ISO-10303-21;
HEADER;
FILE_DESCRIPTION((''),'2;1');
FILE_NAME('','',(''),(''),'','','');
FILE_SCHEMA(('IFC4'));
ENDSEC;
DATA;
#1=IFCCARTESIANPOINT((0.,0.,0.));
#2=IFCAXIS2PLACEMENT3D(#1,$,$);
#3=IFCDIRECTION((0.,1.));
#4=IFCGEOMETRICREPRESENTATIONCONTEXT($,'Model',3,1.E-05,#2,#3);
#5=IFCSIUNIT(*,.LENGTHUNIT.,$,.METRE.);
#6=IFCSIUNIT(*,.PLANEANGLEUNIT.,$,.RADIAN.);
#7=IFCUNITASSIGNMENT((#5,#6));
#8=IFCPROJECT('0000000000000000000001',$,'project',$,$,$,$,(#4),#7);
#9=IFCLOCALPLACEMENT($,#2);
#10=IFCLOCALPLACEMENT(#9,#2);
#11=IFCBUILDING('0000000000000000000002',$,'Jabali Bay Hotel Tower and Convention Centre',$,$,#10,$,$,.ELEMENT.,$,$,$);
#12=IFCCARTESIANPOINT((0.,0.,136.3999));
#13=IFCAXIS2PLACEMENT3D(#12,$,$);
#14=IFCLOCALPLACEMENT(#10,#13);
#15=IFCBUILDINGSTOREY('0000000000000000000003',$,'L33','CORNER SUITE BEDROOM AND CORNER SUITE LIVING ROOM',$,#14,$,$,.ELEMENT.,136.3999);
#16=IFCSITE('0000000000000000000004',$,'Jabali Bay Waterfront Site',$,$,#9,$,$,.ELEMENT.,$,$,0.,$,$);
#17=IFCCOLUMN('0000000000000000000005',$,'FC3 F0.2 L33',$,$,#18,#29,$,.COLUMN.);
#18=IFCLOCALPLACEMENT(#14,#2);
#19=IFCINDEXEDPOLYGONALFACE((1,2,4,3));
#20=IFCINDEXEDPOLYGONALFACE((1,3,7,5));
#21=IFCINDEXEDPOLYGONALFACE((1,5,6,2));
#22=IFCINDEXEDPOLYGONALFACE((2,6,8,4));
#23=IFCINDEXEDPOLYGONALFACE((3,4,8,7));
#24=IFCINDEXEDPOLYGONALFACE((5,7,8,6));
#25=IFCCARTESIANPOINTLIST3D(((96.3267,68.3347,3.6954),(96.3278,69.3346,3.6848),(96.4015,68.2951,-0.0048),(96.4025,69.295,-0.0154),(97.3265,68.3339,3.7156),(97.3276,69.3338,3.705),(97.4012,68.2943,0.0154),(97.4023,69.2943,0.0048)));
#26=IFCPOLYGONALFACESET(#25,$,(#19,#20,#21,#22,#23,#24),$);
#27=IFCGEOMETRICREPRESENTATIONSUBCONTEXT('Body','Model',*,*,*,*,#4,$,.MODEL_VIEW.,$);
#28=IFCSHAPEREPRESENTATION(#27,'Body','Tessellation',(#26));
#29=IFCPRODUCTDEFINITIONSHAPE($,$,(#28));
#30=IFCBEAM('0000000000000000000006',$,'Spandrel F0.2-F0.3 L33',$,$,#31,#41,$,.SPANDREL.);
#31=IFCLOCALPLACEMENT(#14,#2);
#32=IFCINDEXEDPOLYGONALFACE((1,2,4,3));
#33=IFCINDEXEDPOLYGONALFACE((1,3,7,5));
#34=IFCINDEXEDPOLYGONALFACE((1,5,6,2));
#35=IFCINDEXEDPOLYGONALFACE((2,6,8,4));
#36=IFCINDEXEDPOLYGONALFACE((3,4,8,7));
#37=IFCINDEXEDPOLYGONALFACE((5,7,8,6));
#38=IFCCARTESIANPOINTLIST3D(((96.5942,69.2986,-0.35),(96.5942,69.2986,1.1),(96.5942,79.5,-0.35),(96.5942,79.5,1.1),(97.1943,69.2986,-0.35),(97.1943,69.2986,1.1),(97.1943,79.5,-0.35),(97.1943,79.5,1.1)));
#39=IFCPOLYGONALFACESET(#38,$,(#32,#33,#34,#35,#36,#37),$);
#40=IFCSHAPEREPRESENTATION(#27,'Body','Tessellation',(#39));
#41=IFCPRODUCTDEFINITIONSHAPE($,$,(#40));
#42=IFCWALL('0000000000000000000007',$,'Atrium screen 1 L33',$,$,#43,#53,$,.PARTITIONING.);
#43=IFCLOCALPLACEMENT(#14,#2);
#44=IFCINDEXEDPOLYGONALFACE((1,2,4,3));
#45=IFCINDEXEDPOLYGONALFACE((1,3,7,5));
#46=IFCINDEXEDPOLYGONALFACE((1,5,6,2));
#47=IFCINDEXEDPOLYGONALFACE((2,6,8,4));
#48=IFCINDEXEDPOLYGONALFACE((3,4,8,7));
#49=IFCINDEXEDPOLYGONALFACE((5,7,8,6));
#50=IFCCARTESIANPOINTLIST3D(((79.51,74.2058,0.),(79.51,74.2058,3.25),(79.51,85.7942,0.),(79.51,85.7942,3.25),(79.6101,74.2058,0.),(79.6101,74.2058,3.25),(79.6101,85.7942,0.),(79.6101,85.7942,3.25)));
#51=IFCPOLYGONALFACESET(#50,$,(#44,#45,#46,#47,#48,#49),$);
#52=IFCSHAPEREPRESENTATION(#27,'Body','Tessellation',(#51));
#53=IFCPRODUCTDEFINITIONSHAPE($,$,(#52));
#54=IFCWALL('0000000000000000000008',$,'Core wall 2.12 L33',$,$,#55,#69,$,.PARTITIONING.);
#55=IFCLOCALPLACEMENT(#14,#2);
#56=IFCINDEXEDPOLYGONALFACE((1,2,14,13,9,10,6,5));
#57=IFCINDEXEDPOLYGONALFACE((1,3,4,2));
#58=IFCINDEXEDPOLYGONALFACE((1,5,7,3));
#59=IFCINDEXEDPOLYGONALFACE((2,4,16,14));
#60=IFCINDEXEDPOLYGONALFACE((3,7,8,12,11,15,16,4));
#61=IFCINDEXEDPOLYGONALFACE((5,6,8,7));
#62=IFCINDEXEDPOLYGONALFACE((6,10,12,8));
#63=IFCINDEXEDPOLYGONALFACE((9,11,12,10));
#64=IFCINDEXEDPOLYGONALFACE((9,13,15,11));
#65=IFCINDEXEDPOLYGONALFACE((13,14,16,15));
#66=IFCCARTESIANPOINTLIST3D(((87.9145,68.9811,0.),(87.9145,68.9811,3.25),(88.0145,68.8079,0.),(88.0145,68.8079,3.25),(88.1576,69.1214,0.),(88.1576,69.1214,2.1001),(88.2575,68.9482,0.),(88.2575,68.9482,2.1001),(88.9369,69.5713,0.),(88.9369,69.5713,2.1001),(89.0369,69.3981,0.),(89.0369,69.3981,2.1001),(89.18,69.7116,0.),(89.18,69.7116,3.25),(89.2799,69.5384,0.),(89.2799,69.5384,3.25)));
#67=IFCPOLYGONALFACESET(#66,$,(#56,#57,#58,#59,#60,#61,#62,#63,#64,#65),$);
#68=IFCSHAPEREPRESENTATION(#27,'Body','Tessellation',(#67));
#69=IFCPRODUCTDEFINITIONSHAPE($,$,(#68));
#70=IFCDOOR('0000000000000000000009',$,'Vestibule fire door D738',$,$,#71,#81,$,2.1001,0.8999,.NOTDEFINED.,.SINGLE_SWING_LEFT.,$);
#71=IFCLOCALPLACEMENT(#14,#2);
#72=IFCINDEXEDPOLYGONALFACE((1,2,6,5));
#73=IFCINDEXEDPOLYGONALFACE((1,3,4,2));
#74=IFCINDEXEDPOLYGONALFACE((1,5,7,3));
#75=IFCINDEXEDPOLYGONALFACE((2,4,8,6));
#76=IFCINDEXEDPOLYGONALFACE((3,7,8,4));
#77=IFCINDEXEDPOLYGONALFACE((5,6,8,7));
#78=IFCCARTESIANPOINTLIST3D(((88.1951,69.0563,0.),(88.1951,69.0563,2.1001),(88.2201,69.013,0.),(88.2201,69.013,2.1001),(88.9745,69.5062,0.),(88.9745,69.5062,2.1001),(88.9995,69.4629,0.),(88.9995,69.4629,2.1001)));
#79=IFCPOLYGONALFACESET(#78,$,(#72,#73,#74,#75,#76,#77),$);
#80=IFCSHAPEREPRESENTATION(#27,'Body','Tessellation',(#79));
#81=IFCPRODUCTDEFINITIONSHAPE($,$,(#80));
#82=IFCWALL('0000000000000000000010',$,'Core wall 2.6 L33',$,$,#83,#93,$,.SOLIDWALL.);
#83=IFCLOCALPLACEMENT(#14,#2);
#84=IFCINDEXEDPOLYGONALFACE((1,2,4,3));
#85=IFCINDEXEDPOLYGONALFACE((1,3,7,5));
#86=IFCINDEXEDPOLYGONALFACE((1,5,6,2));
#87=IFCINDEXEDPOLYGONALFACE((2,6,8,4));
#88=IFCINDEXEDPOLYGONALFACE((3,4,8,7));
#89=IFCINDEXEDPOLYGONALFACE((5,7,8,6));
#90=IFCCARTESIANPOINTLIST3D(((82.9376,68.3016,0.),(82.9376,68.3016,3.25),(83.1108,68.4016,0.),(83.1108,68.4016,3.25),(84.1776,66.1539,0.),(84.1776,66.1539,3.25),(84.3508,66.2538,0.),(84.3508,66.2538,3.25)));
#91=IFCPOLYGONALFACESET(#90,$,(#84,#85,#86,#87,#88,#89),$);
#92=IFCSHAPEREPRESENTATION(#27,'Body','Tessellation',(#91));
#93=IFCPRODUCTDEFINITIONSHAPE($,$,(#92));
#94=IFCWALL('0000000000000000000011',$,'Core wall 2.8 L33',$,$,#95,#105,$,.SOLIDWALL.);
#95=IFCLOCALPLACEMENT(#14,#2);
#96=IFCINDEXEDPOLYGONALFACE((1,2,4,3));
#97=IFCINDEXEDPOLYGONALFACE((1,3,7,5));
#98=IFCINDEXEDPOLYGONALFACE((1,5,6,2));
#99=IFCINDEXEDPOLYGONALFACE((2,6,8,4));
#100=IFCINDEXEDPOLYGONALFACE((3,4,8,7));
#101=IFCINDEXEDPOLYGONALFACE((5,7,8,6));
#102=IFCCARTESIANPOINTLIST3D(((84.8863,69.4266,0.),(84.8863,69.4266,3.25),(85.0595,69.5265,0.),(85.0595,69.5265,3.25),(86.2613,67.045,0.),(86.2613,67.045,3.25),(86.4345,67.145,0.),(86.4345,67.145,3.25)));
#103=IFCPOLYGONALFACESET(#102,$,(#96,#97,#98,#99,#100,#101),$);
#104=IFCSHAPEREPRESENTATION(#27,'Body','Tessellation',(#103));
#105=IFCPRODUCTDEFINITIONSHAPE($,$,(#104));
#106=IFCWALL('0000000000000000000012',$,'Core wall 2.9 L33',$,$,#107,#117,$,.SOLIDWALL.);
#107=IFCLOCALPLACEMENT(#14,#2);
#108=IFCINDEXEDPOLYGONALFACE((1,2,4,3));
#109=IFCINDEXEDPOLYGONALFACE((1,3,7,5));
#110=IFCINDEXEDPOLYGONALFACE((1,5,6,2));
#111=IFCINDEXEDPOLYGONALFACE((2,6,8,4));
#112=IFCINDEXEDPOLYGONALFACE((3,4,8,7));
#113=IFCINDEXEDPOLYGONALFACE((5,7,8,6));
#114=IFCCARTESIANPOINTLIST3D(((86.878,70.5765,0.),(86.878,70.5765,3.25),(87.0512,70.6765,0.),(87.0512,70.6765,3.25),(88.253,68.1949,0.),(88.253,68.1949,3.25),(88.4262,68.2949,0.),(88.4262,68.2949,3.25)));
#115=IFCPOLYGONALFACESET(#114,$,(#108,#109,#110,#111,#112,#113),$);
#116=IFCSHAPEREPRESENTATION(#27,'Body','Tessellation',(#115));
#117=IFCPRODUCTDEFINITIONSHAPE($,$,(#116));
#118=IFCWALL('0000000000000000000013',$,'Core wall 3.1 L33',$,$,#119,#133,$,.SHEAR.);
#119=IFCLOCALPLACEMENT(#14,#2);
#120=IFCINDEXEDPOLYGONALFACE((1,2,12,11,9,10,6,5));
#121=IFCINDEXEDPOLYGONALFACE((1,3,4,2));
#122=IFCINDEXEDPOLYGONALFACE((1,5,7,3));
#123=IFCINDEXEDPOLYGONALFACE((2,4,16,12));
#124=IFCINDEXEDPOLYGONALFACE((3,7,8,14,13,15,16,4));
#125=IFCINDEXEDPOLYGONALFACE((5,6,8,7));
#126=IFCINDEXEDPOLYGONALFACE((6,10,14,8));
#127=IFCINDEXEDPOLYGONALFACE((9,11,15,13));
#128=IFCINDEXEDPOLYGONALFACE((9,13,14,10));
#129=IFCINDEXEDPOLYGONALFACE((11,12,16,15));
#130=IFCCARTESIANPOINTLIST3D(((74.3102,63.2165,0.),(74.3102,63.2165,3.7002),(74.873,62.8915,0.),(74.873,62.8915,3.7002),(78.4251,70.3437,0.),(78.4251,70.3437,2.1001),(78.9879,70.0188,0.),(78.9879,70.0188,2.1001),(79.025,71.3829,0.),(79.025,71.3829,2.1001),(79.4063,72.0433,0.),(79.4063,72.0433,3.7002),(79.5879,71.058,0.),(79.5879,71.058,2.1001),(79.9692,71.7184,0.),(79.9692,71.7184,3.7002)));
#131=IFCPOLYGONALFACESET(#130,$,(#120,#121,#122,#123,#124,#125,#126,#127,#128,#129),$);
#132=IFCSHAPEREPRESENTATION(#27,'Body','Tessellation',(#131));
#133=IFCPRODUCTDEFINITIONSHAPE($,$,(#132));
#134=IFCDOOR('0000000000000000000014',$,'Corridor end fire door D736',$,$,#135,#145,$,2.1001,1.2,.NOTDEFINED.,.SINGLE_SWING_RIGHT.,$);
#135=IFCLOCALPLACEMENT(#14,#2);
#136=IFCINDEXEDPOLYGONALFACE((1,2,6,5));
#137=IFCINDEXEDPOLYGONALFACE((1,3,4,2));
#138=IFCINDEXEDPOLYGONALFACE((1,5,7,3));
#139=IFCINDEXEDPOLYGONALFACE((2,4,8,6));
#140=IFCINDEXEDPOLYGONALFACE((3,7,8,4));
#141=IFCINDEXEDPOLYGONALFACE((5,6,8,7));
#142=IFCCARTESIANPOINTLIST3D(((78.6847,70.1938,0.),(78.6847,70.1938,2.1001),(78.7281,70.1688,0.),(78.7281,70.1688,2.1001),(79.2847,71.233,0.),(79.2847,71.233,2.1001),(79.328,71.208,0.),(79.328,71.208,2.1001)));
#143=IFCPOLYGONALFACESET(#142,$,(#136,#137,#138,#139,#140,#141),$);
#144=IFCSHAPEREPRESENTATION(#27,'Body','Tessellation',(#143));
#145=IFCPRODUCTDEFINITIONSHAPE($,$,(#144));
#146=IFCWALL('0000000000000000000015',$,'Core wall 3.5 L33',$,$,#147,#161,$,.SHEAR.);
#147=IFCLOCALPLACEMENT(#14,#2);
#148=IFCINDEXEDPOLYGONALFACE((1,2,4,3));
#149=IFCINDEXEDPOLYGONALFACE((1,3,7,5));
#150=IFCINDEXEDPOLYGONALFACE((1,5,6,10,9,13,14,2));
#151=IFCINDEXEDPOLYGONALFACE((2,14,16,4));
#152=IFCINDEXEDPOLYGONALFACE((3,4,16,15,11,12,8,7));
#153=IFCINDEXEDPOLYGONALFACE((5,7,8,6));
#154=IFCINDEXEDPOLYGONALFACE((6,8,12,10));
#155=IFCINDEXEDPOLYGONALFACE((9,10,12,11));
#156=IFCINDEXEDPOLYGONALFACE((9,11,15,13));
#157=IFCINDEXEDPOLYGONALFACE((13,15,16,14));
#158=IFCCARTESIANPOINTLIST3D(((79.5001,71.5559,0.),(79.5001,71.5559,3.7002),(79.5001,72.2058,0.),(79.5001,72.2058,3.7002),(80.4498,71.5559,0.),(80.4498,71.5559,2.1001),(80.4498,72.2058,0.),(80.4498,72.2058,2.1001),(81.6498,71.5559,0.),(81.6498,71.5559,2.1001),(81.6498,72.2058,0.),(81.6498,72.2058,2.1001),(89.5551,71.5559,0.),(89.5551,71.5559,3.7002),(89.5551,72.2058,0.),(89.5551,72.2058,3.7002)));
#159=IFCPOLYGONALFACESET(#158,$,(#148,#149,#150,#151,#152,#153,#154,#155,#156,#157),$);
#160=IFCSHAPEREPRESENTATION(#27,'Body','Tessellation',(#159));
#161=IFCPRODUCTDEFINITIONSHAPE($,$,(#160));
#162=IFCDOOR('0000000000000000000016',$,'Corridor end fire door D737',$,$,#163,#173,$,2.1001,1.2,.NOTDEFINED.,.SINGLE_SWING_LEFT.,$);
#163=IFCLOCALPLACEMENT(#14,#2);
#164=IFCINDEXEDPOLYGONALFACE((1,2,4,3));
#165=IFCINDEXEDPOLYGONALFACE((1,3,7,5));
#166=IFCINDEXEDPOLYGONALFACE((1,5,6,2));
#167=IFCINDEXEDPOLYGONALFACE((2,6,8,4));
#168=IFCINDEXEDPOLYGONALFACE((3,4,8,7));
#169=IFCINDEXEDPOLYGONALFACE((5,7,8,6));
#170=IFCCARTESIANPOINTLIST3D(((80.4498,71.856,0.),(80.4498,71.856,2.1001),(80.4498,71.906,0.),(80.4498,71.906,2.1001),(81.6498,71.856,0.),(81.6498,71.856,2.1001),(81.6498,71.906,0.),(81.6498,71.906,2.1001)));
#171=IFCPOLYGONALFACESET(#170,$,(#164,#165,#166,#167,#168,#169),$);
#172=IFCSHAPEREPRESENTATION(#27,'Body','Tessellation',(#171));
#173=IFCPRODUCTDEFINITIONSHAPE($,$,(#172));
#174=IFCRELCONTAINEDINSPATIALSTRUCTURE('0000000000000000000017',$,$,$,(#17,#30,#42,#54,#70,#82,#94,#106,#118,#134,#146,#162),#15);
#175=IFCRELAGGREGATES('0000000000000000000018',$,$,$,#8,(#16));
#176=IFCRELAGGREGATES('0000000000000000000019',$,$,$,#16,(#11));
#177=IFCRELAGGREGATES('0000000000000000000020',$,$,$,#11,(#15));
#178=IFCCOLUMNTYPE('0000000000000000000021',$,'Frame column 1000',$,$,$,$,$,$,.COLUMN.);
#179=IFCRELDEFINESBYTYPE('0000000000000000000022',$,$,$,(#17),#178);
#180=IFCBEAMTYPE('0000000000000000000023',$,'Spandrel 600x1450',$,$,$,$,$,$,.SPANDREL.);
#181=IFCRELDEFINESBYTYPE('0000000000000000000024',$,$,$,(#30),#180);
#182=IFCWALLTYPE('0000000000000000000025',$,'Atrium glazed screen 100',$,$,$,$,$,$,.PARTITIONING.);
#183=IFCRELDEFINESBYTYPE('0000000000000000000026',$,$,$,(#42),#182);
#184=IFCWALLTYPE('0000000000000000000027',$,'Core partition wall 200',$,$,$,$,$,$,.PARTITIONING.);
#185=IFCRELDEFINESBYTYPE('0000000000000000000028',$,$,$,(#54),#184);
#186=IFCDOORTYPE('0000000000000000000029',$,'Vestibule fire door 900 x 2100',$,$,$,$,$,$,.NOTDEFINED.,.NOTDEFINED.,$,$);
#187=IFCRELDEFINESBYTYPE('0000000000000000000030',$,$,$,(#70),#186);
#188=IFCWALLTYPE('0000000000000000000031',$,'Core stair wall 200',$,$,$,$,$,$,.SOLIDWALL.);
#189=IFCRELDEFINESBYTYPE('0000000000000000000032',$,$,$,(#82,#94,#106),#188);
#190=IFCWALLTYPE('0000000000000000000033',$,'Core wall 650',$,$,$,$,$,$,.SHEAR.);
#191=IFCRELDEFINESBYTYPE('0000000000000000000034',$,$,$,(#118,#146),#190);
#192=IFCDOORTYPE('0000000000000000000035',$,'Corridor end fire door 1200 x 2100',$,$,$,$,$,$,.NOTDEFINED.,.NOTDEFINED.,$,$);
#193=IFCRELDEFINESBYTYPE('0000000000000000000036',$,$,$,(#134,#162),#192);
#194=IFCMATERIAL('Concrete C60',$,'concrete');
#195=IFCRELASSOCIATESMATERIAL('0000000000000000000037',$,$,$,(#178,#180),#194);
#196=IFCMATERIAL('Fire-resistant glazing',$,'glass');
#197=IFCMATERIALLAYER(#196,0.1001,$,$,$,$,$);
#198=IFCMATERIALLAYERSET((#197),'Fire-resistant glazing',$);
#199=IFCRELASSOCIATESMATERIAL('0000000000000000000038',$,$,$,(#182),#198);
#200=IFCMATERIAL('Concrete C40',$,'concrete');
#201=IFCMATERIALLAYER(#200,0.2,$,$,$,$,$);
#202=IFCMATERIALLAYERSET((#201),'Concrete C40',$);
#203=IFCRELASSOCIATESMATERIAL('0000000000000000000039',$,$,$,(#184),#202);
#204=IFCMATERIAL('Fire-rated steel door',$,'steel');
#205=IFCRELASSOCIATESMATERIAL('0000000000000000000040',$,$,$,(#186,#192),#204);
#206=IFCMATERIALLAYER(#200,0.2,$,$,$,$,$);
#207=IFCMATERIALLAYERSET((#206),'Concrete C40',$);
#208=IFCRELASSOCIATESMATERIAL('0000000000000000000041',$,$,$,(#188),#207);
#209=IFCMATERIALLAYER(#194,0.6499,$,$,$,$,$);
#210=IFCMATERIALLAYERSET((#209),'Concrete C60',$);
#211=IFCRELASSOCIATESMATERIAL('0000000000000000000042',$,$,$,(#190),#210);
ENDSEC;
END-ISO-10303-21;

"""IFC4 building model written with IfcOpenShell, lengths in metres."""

from ifc_helpers import new_model, si_unit, direction, frame, frame_2d, origin, origin_2d, place, context, subcontext, project, spatial, rectangle, extrude, material, layer, layer_set, material_profile, profile_set, type_object, element, fill, save


model = new_model("IFC4")

# Units and contexts
model_context = context("Model", 3, precision=1e-05, world=origin(), true_north=direction((0.0, 1.0)))
body_context = subcontext(model_context, "Body", "Model", "MODEL_VIEW")
ifc_project = project(units=[si_unit("LENGTHUNIT", "METRE"), si_unit("PLANEANGLEUNIT", "RADIAN")], contexts=[model_context])

# Site, building, storey
site_placement = place(None, origin())
site = spatial("IfcSite", under=ifc_project, at=site_placement, Name="Jabali Bay Waterfront Site", CompositionType="ELEMENT", RefElevation=0.0)
building_placement = place(site_placement, origin())
building = spatial("IfcBuilding", under=site, at=building_placement, Name="Jabali Bay Hotel Tower and Convention Centre", CompositionType="ELEMENT")
storey_placement = place(building_placement, frame((0.0, 0.0, 136.3999)))
storey = spatial("IfcBuildingStorey", under=building, at=storey_placement, Name="L33", Description="CORNER SUITE BEDROOM AND CORNER SUITE LIVING ROOM", CompositionType="ELEMENT", Elevation=136.3999)

# Column
ifc_material_1 = material(Name="Concrete C60", Category="concrete")
ifc_material_profile_1 = material_profile(ifc_material_1, rectangle(XDim=1.0, YDim=1.0, at=origin_2d()), Name="Frame column 1000")
ifc_profile_set_1 = profile_set([ifc_material_profile_1], Name="Concrete C60")
column_type = type_object("IfcColumnType", Name="Frame column 1000", PredefinedType="COLUMN", material=ifc_profile_set_1)
column_placement = place(storey_placement, frame((96.9019, 68.7947, 0.0), z_axis=(-0.020185, 0.010686, 0.999739), x_axis=(-0.001013, -0.999943, 0.010668)))
element("IfcColumn", 1, at=column_placement, inside=storey, type_object=column_type, Name="FC3 F0.2 L33", PredefinedType="COLUMN", context=body_context, shape_type="SweptSolid", body=[
    extrude(rectangle(XDim=1.0, YDim=1.0, at=origin_2d()), origin(), (0.0, 0.0, 1.0), 3.7012),
])

# Beam
ifc_material_profile_2 = material_profile(ifc_material_1, rectangle(XDim=0.6001, YDim=1.45, at=origin_2d()), Name="Spandrel 600x1450")
ifc_profile_set_2 = profile_set([ifc_material_profile_2], Name="Concrete C60")
beam_type = type_object("IfcBeamType", Name="Spandrel 600x1450", PredefinedType="SPANDREL", material=ifc_profile_set_2)
beam_placement = place(storey_placement, frame((96.8943, 69.2986, 0.375), z_axis=(0.0, 1.0, 0.0), x_axis=(-1.0, 0.0, 0.0)))
element("IfcBeam", 2, at=beam_placement, inside=storey, type_object=beam_type, Name="Spandrel F0.2-F0.3 L33", PredefinedType="SPANDREL", context=body_context, shape_type="SweptSolid", body=[
    extrude(rectangle(XDim=0.6001, YDim=1.45, at=origin_2d()), origin(), (0.0, 0.0, 1.0), 10.2014),
])

# Wall
ifc_material_2 = material(Name="Fire-resistant glazing", Category="glass")
ifc_layer_1 = layer(ifc_material_2, 0.1001)
ifc_layer_set_1 = layer_set([ifc_layer_1], Name="Fire-resistant glazing")
wall_type_1 = type_object("IfcWallType", Name="Atrium glazed screen 100", PredefinedType="PARTITIONING", material=ifc_layer_set_1)
wall_1_placement = place(storey_placement, frame((79.5601, 74.2058, 0.0), z_axis=(0.0, 0.0, 1.0), x_axis=(0.0, 1.0, 0.0)))
element("IfcWall", 3, at=wall_1_placement, inside=storey, type_object=wall_type_1, Name="Atrium screen 1 L33", PredefinedType="PARTITIONING", context=body_context, shape_type="SweptSolid", body=[
    extrude(rectangle(XDim=11.5884, YDim=0.1001, at=frame_2d((5.7942, 0.0))), origin(), (0.0, 0.0, 1.0), 3.25),
])

# Wall, opening, door
ifc_material_3 = material(Name="Concrete C40", Category="concrete")
ifc_layer_2 = layer(ifc_material_3, 0.2)
ifc_layer_set_2 = layer_set([ifc_layer_2], Name="Concrete C40")
wall_type_2 = type_object("IfcWallType", Name="Core partition wall 200", PredefinedType="PARTITIONING", material=ifc_layer_set_2)
wall_2_placement = place(storey_placement, frame((87.9646, 68.8945, 0.0), z_axis=(0.0, 0.0, 1.0), x_axis=(0.866055, 0.499949, 0.0)))
wall_2 = element("IfcWall", 4, at=wall_2_placement, inside=storey, type_object=wall_type_2, Name="Core wall 2.12 L33", PredefinedType="PARTITIONING", context=body_context, shape_type="SweptSolid", body=[
    extrude(rectangle(XDim=1.4612, YDim=0.2, at=frame_2d((0.7305, 0.0))), origin(), (0.0, 0.0, 1.0), 3.25),
])
opening_1_placement = place(wall_2_placement, frame((0.2805, 0.0, 0.0)))
opening_1 = element("IfcOpeningElement", 5, at=opening_1_placement, cuts=wall_2, PredefinedType="OPENING", context=body_context, shape_type="SweptSolid", body=[
    extrude(rectangle(XDim=0.8999, YDim=2.1001, at=frame_2d((0.45, 1.05))), frame((0.0, 0.1104, 0.0), z_axis=(0.0, -1.0, 0.0), x_axis=(1.0, 0.0, 0.0)), (0.0, 0.0, 1.0), 0.2209),
])
ifc_material_4 = material(Name="Fire-rated steel door", Category="steel")
door_type_1 = type_object("IfcDoorType", Name="Vestibule fire door 900 x 2100", OperationType="NOTDEFINED", PredefinedType="NOTDEFINED", material=ifc_material_4)
door_1_placement = place(opening_1_placement, origin())
door_1 = element("IfcDoor", 6, at=door_1_placement, inside=storey, type_object=door_type_1, Name="Vestibule fire door D738", OperationType="SINGLE_SWING_LEFT", OverallHeight=2.1001, OverallWidth=0.8999, PredefinedType="NOTDEFINED", context=body_context, shape_type="SweptSolid", body=[
    extrude(rectangle(XDim=0.8999, YDim=2.1001, at=frame_2d((0.45, 1.05))), frame((0.0, 0.0249, 0.0), z_axis=(0.0, -1.0, 0.0), x_axis=(1.0, 0.0, 0.0)), (0.0, 0.0, 1.0), 0.05),
])
fill(opening_1, door_1)

# Walls
ifc_layer_3 = layer(ifc_material_3, 0.2)
ifc_layer_set_3 = layer_set([ifc_layer_3], Name="Concrete C40")
wall_type_3 = type_object("IfcWallType", Name="Core stair wall 200", PredefinedType="SOLIDWALL", material=ifc_layer_set_3)
wall_3_placement = place(storey_placement, frame((83.0242, 68.3516, 0.0), z_axis=(0.0, 0.0, 1.0), x_axis=(0.500004, -0.866023, 0.0)))
element("IfcWall", 7, at=wall_3_placement, inside=storey, type_object=wall_type_3, Name="Core wall 2.6 L33", PredefinedType="SOLIDWALL", context=body_context, shape_type="SweptSolid", body=[
    extrude(rectangle(XDim=2.48, YDim=0.2, at=frame_2d((1.24, 0.0))), origin(), (0.0, 0.0, 1.0), 3.25),
])
for number, where, z_axis, x_axis, name in (
    (8, (84.9729, 69.4766, 0.0), (0.0, 0.0, 1.0), (0.499997, -0.866027, 0.0), "Core wall 2.8 L33"),
    (9, (86.9646, 70.6265, 0.0), (0.0, 0.0, 1.0), (0.499997, -0.866027, 0.0), "Core wall 2.9 L33"),
):
    element("IfcWall", number, at=place(storey_placement, frame(where, z_axis=z_axis, x_axis=x_axis)), inside=storey, type_object=wall_type_3, Name=name, PredefinedType="SOLIDWALL", context=body_context, shape_type="SweptSolid", body=[
        extrude(rectangle(XDim=2.75, YDim=0.2, at=frame_2d((1.375, 0.0))), origin(), (0.0, 0.0, 1.0), 3.25),
    ])

# Walls, openings, doors
ifc_layer_4 = layer(ifc_material_1, 0.6499)
ifc_layer_set_4 = layer_set([ifc_layer_4], Name="Concrete C60")
wall_type_4 = type_object("IfcWallType", Name="Core wall 650", PredefinedType="SHEAR", material=ifc_layer_set_4)
wall_4_placement = place(storey_placement, frame((79.6877, 71.8809, 0.0), z_axis=(0.0, 0.0, 1.0), x_axis=(-0.499998, -0.866026, 0.0)))
wall_4 = element("IfcWall", 10, at=wall_4_placement, inside=storey, type_object=wall_type_4, Name="Core wall 3.1 L33", PredefinedType="SHEAR", context=body_context, shape_type="SweptSolid", body=[
    extrude(rectangle(XDim=10.1924, YDim=0.6499, at=frame_2d((5.0962, 0.0))), origin(), (0.0, 0.0, 1.0), 3.7002),
])
opening_2_placement = place(wall_4_placement, frame((0.7625, 0.0, 0.0)))
opening_2 = element("IfcOpeningElement", 11, at=opening_2_placement, cuts=wall_4, PredefinedType="OPENING", context=body_context, shape_type="SweptSolid", body=[
    extrude(rectangle(XDim=1.2, YDim=2.1001, at=frame_2d((0.6001, 1.05))), frame((0.0, 0.3354, 0.0), z_axis=(0.0, -1.0, 0.0), x_axis=(1.0, 0.0, 0.0)), (0.0, 0.0, 1.0), 0.6709),
])
door_type_2 = type_object("IfcDoorType", Name="Corridor end fire door 1200 x 2100", OperationType="NOTDEFINED", PredefinedType="NOTDEFINED", material=ifc_material_4)
door_2_placement = place(opening_2_placement, origin())
door_2 = element("IfcDoor", 12, at=door_2_placement, inside=storey, type_object=door_type_2, Name="Corridor end fire door D736", OperationType="SINGLE_SWING_RIGHT", OverallHeight=2.1001, OverallWidth=1.2, PredefinedType="NOTDEFINED", context=body_context, shape_type="SweptSolid", body=[
    extrude(rectangle(XDim=1.2, YDim=2.1001, at=frame_2d((0.6001, 1.05))), frame((0.0, 0.0249, 0.0), z_axis=(0.0, -1.0, 0.0), x_axis=(1.0, 0.0, 0.0)), (0.0, 0.0, 1.0), 0.05),
])
fill(opening_2, door_2)
wall_5_placement = place(storey_placement, frame((89.5549, 71.8809, 0.0), z_axis=(0.0, 0.0, 1.0), x_axis=(-1.0, 0.0, 0.0)))
wall_5 = element("IfcWall", 13, at=wall_5_placement, inside=storey, type_object=wall_type_4, Name="Core wall 3.5 L33", PredefinedType="SHEAR", context=body_context, shape_type="SweptSolid", body=[
    extrude(rectangle(XDim=10.0549, YDim=0.6499, at=frame_2d((5.0273, 0.0))), origin(), (0.0, 0.0, 1.0), 3.7002),
])
opening_3_placement = place(wall_5_placement, frame((7.905, 0.0, 0.0)))
opening_3 = element("IfcOpeningElement", 14, at=opening_3_placement, cuts=wall_5, PredefinedType="OPENING", context=body_context, shape_type="SweptSolid", body=[
    extrude(rectangle(XDim=1.2, YDim=2.1001, at=frame_2d((0.6001, 1.05))), frame((0.0, 0.3354, 0.0), z_axis=(0.0, -1.0, 0.0), x_axis=(1.0, 0.0, 0.0)), (0.0, 0.0, 1.0), 0.6709),
])
door_3_placement = place(opening_3_placement, origin())
door_3 = element("IfcDoor", 15, at=door_3_placement, inside=storey, type_object=door_type_2, Name="Corridor end fire door D737", OperationType="SINGLE_SWING_LEFT", OverallHeight=2.1001, OverallWidth=1.2, PredefinedType="NOTDEFINED", context=body_context, shape_type="SweptSolid", body=[
    extrude(rectangle(XDim=1.2, YDim=2.1001, at=frame_2d((0.6001, 1.05))), frame((0.0, 0.0249, 0.0), z_axis=(0.0, -1.0, 0.0), x_axis=(1.0, 0.0, 0.0)), (0.0, 0.0, 1.0), 0.05),
])
fill(opening_3, door_3)

save(model, "model.ifc")
